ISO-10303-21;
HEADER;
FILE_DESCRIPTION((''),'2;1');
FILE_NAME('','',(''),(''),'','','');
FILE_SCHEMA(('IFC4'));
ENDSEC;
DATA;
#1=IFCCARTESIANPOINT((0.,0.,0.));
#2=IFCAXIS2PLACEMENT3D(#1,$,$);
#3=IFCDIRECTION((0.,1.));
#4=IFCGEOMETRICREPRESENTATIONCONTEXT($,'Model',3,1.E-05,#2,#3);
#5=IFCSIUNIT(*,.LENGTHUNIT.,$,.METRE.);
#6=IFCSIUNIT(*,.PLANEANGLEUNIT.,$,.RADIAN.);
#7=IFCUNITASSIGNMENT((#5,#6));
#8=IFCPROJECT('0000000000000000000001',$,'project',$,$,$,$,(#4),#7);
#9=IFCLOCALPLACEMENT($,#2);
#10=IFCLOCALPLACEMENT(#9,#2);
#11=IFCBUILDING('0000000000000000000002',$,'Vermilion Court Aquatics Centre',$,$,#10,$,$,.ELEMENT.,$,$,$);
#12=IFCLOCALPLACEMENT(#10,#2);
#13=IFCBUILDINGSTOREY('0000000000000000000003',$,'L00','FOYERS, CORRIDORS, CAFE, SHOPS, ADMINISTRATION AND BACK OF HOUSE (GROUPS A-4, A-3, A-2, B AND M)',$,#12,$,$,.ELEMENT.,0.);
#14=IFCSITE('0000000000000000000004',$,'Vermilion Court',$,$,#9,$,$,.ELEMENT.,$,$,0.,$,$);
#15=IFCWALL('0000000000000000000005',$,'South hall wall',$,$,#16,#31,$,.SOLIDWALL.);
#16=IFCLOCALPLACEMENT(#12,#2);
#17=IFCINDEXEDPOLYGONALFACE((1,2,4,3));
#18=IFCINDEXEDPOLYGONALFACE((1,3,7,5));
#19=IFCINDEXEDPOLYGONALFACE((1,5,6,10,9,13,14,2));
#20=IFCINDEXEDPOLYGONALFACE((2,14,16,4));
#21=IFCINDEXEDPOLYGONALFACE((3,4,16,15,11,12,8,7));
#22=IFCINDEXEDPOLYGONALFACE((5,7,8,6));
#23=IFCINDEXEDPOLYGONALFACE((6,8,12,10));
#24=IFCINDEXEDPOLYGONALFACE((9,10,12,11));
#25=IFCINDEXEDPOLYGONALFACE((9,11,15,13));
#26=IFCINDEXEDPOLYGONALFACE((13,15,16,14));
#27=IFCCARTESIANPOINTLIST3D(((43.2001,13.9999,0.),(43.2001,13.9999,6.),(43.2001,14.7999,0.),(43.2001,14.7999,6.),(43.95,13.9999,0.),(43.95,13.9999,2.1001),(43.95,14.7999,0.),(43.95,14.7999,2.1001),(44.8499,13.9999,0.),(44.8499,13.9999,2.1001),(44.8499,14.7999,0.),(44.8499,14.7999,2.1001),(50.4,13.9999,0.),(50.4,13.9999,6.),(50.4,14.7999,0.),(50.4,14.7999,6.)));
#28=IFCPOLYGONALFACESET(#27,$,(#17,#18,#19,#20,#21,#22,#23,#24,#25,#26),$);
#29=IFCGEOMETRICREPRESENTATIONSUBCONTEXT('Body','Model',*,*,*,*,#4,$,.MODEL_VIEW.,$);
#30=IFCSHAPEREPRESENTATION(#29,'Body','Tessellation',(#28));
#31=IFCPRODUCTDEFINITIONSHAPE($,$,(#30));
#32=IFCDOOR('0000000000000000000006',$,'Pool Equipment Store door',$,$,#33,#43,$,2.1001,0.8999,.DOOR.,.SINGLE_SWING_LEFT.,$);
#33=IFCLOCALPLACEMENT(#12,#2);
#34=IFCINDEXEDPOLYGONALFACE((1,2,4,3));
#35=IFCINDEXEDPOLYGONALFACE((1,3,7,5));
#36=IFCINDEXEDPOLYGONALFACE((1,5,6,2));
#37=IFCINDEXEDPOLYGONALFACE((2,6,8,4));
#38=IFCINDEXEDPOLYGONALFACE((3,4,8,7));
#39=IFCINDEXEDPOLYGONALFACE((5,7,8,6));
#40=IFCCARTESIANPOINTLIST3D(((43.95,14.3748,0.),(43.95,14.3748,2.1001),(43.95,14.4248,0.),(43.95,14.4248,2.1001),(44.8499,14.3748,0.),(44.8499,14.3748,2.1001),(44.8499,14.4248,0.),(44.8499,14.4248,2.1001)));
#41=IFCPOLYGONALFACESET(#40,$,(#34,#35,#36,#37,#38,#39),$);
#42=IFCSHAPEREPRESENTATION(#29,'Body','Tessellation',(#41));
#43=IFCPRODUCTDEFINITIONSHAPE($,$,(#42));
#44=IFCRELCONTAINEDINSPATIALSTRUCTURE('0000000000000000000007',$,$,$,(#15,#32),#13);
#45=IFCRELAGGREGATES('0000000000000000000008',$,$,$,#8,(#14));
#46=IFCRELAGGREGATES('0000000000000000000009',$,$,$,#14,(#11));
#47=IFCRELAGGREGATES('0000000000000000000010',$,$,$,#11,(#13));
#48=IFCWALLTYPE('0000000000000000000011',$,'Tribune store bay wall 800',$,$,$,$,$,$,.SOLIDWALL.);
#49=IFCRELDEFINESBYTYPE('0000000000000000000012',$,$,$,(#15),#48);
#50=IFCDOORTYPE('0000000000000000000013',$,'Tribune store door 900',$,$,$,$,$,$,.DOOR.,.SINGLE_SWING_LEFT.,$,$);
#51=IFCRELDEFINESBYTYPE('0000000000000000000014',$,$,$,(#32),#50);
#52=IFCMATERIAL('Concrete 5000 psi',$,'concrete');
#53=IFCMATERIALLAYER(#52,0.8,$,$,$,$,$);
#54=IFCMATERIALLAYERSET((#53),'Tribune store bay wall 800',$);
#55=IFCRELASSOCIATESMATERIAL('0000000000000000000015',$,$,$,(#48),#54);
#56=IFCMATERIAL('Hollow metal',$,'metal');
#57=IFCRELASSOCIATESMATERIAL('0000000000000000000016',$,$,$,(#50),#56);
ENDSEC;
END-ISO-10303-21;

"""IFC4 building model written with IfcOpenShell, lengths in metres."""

from ifc_helpers import new_model, si_unit, direction, frame, frame_2d, origin, place, context, subcontext, project, spatial, rectangle, extrude, material, layer, layer_set, type_object, element, fill, save


model = new_model("IFC4")

# Units and contexts
model_context = context("Model", 3, precision=1e-05, world=origin(), true_north=direction((0.0, 1.0)))
body_context = subcontext(model_context, "Body", "Model", "MODEL_VIEW")
ifc_project = project(units=[si_unit("LENGTHUNIT", "METRE"), si_unit("PLANEANGLEUNIT", "RADIAN")], contexts=[model_context])

# Site, building, storey
site_placement = place(None, origin())
site = spatial("IfcSite", under=ifc_project, at=site_placement, Name="Vermilion Court", CompositionType="ELEMENT", RefElevation=0.0)
building_placement = place(site_placement, origin())
building = spatial("IfcBuilding", under=site, at=building_placement, Name="Vermilion Court Aquatics Centre", CompositionType="ELEMENT")
storey_placement = place(building_placement, origin())
storey = spatial("IfcBuildingStorey", under=building, at=storey_placement, Name="L00", Description="FOYERS, CORRIDORS, CAFE, SHOPS, ADMINISTRATION AND BACK OF HOUSE (GROUPS A-4, A-3, A-2, B AND M)", CompositionType="ELEMENT", Elevation=0.0)

# Wall, opening, door
ifc_material_1 = material(Name="Concrete 5000 psi", Category="concrete")
ifc_layer_1 = layer(ifc_material_1, 0.8)
ifc_layer_set_1 = layer_set([ifc_layer_1], Name="Tribune store bay wall 800")
wall_type_1 = type_object("IfcWallType", Name="Tribune store bay wall 800", PredefinedType="SOLIDWALL", material=ifc_layer_set_1)
wall_1_placement = place(storey_placement, frame((43.2, 14.3999, 0.0), z_axis=(0.0, 0.0, 1.0), x_axis=(1.0, 0.0, 0.0)))
wall_1 = element("IfcWall", 1, at=wall_1_placement, inside=storey, type_object=wall_type_1, Name="South hall wall", PredefinedType="SOLIDWALL", context=body_context, shape_type="SweptSolid", body=[
    extrude(rectangle(XDim=7.2, YDim=0.8, at=frame_2d((3.6001, 0.0))), origin(), (0.0, 0.0, 1.0), 6.0),
])
opening_1_placement = place(wall_1_placement, frame((0.75, 0.0, 0.0)))
opening_1 = element("IfcOpeningElement", 2, at=opening_1_placement, cuts=wall_1, PredefinedType="OPENING", context=body_context, shape_type="SweptSolid", body=[
    extrude(rectangle(XDim=0.8999, YDim=2.1001, at=frame_2d((0.45, 1.05))), frame((0.0, 0.4099, 0.0), z_axis=(0.0, -1.0, 0.0), x_axis=(1.0, 0.0, 0.0)), (0.0, 0.0, 1.0), 0.8201),
])
ifc_material_2 = material(Name="Hollow metal", Category="metal")
door_type_1 = type_object("IfcDoorType", Name="Tribune store door 900", OperationType="SINGLE_SWING_LEFT", PredefinedType="DOOR", material=ifc_material_2)
door_1_placement = place(opening_1_placement, origin())
door_1 = element("IfcDoor", 3, at=door_1_placement, inside=storey, type_object=door_type_1, Name="Pool Equipment Store door", OperationType="SINGLE_SWING_LEFT", OverallHeight=2.1001, OverallWidth=0.8999, PredefinedType="DOOR", context=body_context, shape_type="SweptSolid", body=[
    extrude(rectangle(XDim=0.8999, YDim=2.1001, at=frame_2d((0.45, 1.05))), frame((0.0, 0.0249, 0.0), z_axis=(0.0, -1.0, 0.0), x_axis=(1.0, 0.0, 0.0)), (0.0, 0.0, 1.0), 0.05),
])
fill(opening_1, door_1)

save(model, "model.ifc")
